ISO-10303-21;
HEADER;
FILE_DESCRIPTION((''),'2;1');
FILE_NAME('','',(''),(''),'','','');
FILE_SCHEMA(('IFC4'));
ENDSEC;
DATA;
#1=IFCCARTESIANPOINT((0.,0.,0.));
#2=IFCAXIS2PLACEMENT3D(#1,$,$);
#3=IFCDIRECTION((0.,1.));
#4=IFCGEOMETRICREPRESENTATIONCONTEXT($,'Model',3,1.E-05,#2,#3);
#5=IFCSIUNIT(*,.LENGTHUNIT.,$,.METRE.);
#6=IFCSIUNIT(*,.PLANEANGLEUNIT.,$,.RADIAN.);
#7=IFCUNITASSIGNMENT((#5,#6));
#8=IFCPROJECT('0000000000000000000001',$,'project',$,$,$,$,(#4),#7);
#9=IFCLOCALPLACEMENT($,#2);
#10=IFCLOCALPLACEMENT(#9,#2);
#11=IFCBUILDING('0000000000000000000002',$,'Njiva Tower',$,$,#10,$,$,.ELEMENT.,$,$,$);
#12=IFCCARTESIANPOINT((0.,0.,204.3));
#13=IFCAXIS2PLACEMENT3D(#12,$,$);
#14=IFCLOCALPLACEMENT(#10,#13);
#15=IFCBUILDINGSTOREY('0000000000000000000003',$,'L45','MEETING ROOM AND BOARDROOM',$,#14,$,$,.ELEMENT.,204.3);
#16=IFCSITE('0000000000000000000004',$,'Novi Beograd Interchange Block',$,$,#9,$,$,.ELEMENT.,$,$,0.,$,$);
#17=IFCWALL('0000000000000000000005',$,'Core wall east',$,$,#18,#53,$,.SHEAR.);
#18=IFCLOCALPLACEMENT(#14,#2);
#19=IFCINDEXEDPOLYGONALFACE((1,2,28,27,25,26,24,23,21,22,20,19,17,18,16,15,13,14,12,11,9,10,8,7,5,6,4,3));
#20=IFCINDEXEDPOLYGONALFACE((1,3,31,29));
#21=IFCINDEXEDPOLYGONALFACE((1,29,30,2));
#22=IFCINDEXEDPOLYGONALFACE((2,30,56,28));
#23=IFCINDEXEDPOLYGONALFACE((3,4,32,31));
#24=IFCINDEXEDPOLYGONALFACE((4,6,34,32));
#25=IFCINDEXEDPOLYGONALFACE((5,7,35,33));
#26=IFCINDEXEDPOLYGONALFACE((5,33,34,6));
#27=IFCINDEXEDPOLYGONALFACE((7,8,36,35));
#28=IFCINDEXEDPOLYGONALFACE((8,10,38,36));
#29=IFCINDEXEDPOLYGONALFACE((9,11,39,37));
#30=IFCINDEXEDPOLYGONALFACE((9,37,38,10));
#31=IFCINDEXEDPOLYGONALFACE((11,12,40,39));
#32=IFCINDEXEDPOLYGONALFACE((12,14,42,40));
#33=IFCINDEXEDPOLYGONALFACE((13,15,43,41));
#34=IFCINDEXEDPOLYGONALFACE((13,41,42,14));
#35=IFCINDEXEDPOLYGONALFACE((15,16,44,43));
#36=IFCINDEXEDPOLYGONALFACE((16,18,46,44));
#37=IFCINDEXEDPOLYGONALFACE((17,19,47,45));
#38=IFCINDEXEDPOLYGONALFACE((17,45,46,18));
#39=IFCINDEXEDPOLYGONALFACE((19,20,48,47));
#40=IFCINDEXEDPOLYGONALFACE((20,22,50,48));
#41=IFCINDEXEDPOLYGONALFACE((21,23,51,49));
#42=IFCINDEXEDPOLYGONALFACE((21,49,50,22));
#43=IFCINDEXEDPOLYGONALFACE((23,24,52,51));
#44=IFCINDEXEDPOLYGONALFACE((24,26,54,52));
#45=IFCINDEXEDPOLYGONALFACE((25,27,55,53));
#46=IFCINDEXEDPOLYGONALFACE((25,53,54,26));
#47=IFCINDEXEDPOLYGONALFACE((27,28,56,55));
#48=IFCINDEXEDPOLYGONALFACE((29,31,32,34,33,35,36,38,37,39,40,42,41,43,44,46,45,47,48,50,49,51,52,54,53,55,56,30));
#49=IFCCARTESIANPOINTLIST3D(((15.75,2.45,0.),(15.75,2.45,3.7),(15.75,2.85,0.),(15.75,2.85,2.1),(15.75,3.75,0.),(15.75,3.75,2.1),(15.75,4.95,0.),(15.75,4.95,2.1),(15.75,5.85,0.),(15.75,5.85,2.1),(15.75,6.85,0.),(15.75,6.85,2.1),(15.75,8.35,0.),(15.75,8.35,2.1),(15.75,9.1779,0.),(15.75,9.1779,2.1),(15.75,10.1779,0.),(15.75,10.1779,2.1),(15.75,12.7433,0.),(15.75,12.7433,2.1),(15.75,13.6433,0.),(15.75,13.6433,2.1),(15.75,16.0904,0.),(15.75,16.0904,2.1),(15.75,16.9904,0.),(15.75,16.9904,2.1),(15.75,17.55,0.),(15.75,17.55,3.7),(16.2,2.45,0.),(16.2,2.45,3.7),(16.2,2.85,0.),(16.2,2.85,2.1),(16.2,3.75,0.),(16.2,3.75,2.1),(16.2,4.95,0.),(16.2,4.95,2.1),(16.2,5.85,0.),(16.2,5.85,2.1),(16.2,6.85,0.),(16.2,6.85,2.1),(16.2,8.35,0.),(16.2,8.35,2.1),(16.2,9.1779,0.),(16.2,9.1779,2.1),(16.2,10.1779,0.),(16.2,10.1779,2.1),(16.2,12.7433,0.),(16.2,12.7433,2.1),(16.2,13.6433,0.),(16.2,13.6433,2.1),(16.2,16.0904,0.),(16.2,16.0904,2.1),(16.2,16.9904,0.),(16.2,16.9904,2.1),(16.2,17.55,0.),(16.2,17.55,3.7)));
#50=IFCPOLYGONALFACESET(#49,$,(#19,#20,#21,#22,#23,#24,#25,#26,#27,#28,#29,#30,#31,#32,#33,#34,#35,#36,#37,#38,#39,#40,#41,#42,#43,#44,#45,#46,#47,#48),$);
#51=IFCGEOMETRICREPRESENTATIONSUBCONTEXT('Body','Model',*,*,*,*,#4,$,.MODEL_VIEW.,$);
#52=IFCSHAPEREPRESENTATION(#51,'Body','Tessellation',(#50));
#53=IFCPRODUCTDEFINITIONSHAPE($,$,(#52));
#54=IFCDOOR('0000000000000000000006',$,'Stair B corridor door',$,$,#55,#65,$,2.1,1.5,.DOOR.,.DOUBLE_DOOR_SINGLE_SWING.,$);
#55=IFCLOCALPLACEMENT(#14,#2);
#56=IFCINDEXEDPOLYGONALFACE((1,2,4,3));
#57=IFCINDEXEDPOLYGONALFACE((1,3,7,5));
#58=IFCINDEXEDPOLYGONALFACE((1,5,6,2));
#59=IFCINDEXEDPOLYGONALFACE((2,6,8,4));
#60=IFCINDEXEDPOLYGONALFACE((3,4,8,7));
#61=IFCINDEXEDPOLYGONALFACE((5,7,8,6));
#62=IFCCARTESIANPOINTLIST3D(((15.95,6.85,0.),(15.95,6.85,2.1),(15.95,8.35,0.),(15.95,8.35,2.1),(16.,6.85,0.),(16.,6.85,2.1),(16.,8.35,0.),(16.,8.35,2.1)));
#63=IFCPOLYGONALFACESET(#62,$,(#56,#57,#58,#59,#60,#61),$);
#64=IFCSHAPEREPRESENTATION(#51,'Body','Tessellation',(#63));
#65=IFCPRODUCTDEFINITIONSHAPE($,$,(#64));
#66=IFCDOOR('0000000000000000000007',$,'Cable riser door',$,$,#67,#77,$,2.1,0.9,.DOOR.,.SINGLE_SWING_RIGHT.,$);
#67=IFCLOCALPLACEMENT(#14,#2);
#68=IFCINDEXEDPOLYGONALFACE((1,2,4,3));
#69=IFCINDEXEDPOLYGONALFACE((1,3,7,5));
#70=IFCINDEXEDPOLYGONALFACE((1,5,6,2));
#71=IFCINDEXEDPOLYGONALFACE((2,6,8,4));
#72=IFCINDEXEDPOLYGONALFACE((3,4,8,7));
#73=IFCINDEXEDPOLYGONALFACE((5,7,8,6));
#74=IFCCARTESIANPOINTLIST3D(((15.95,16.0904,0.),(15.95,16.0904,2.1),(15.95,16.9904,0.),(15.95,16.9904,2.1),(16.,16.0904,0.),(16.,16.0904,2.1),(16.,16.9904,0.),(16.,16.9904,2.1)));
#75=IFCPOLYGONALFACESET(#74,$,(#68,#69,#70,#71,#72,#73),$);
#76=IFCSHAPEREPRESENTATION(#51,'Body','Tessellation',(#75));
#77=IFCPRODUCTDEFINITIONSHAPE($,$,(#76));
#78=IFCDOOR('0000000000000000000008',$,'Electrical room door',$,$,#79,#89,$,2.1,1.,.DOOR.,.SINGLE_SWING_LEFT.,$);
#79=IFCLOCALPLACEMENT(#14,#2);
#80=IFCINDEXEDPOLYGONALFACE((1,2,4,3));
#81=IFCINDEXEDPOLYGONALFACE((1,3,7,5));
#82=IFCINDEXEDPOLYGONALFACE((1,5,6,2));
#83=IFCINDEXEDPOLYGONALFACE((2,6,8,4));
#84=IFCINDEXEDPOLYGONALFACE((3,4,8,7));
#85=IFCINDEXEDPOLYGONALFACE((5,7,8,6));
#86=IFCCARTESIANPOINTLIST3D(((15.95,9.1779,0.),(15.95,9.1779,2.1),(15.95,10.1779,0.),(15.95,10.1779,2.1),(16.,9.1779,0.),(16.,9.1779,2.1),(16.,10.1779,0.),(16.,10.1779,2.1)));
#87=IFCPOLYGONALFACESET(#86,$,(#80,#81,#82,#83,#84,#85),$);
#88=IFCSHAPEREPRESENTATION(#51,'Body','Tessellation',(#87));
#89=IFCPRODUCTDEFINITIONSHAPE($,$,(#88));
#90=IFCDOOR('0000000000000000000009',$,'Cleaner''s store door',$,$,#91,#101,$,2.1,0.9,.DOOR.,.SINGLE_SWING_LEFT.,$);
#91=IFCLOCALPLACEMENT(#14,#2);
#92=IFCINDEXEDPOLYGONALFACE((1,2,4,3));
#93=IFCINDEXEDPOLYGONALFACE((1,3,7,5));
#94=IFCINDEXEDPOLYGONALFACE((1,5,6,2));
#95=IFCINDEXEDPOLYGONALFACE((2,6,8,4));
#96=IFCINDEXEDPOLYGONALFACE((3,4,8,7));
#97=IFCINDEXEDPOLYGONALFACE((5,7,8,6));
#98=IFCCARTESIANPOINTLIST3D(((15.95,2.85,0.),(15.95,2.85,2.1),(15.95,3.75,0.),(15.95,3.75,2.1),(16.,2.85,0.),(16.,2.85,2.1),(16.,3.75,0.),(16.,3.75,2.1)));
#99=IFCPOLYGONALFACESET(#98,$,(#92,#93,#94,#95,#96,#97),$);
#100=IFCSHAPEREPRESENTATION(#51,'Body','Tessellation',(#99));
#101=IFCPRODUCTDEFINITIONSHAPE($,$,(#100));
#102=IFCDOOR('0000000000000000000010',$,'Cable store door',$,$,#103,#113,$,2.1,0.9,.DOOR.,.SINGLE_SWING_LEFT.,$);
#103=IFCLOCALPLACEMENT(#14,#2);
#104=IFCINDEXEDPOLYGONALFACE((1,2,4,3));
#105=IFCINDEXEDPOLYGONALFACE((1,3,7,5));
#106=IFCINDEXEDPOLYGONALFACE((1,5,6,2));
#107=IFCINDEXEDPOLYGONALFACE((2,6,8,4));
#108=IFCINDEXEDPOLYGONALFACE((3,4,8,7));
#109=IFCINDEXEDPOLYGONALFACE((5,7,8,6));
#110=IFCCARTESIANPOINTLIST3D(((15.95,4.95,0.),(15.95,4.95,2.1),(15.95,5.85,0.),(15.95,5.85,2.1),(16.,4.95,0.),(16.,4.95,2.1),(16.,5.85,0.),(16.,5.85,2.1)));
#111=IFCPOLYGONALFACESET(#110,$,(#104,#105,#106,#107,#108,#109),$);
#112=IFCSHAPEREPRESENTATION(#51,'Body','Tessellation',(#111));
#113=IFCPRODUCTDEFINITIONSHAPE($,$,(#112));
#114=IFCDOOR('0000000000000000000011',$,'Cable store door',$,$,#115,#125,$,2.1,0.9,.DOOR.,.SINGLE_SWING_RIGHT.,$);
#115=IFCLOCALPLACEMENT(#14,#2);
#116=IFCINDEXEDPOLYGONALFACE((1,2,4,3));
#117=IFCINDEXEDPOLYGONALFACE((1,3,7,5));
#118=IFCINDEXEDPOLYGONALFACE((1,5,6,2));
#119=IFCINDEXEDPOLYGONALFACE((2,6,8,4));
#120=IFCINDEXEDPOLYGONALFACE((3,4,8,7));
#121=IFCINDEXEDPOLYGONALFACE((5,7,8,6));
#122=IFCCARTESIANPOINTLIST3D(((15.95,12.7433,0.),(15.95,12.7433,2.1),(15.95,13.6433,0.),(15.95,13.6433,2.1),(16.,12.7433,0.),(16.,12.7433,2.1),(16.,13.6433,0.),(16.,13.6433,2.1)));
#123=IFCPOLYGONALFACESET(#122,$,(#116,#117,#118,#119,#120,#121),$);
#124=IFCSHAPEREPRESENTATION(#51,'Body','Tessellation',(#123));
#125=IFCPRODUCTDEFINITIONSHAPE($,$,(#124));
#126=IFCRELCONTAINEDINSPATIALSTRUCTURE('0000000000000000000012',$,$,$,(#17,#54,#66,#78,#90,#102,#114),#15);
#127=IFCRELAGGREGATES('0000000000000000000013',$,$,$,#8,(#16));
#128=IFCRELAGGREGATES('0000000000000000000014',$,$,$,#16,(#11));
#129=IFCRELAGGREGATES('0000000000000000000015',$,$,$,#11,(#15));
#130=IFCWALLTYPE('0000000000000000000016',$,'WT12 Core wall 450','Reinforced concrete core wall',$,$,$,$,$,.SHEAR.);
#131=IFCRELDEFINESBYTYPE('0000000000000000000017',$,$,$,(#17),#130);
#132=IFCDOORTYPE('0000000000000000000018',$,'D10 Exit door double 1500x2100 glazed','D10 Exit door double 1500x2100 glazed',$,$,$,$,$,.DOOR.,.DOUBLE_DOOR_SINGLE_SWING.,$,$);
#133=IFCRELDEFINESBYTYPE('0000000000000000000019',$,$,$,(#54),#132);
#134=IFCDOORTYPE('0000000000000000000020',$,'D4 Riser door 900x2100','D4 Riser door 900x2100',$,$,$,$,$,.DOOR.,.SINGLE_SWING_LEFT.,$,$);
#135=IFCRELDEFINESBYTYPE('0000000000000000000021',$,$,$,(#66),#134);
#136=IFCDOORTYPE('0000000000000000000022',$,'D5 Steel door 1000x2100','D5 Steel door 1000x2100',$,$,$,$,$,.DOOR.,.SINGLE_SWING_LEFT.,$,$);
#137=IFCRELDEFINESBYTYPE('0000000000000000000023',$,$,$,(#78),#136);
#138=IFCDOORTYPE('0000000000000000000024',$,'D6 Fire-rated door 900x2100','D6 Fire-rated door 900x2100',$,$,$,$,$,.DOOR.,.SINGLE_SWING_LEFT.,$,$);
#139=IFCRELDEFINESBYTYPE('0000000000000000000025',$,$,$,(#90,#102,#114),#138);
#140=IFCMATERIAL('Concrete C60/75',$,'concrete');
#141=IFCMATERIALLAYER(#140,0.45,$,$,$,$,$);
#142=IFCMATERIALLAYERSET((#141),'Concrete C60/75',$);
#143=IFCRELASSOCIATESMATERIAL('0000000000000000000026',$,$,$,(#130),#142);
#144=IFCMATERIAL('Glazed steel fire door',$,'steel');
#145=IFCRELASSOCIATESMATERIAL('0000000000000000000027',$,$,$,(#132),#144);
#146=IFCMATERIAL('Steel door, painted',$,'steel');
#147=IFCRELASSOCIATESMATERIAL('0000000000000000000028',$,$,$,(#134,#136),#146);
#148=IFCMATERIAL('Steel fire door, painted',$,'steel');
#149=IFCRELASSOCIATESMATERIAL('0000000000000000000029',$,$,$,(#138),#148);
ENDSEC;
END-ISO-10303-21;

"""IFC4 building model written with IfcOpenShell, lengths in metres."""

from ifc_helpers import new_model, si_unit, direction, frame, frame_2d, origin, place, context, subcontext, project, spatial, rectangle, extrude, material, layer, layer_set, type_object, element, fill, save


model = new_model("IFC4")

# Units and contexts
model_context = context("Model", 3, precision=1e-05, world=origin(), true_north=direction((0.0, 1.0)))
body_context = subcontext(model_context, "Body", "Model", "MODEL_VIEW")
ifc_project = project(units=[si_unit("LENGTHUNIT", "METRE"), si_unit("PLANEANGLEUNIT", "RADIAN")], contexts=[model_context])

# Site, building, storey
site_placement = place(None, origin())
site = spatial("IfcSite", under=ifc_project, at=site_placement, Name="Novi Beograd Interchange Block", CompositionType="ELEMENT", RefElevation=0.0)
building_placement = place(site_placement, origin())
building = spatial("IfcBuilding", under=site, at=building_placement, Name="Njiva Tower", CompositionType="ELEMENT")
storey_placement = place(building_placement, frame((0.0, 0.0, 204.3)))
storey = spatial("IfcBuildingStorey", under=building, at=storey_placement, Name="L45", Description="MEETING ROOM AND BOARDROOM", CompositionType="ELEMENT", Elevation=204.3)

# Wall, openings, doors
ifc_material_1 = material(Name="Concrete C60/75", Category="concrete")
ifc_layer_1 = layer(ifc_material_1, 0.45)
ifc_layer_set_1 = layer_set([ifc_layer_1], Name="Concrete C60/75")
wall_type_1 = type_object("IfcWallType", Name="WT12 Core wall 450", Description="Reinforced concrete core wall", PredefinedType="SHEAR", material=ifc_layer_set_1)
wall_1_placement = place(storey_placement, frame((15.975, 2.45, 0.0), z_axis=(0.0, 0.0, 1.0), x_axis=(0.0, 1.0, 0.0)))
wall_1 = element("IfcWall", 1, at=wall_1_placement, inside=storey, type_object=wall_type_1, Name="Core wall east", PredefinedType="SHEAR", context=body_context, shape_type="SweptSolid", body=[
    extrude(rectangle(XDim=15.1, YDim=0.45, at=frame_2d((7.55, 0.0))), origin(), (0.0, 0.0, 1.0), 3.7),
])
opening_1_placement = place(wall_1_placement, frame((4.4, 0.0, 0.0)))
opening_1 = element("IfcOpeningElement", 2, at=opening_1_placement, cuts=wall_1, PredefinedType="OPENING", context=body_context, shape_type="SweptSolid", body=[
    extrude(rectangle(XDim=1.5, YDim=2.1, at=frame_2d((0.75, 1.05))), frame((0.0, 0.235, 0.0), z_axis=(0.0, -1.0, 0.0), x_axis=(1.0, 0.0, 0.0)), (0.0, 0.0, 1.0), 0.47),
])
opening_2_placement = place(wall_1_placement, frame((0.4, 0.0, 0.0)))
opening_2 = element("IfcOpeningElement", 3, at=opening_2_placement, cuts=wall_1, PredefinedType="OPENING", context=body_context, shape_type="SweptSolid", body=[
    extrude(rectangle(XDim=0.9, YDim=2.1, at=frame_2d((0.45, 1.05))), frame((0.0, 0.235, 0.0), z_axis=(0.0, -1.0, 0.0), x_axis=(1.0, 0.0, 0.0)), (0.0, 0.0, 1.0), 0.47),
])
opening_3_placement = place(wall_1_placement, frame((2.5, 0.0, 0.0)))
opening_3 = element("IfcOpeningElement", 4, at=opening_3_placement, cuts=wall_1, PredefinedType="OPENING", context=body_context, shape_type="SweptSolid", body=[
    extrude(rectangle(XDim=0.9, YDim=2.1, at=frame_2d((0.45, 1.05))), frame((0.0, 0.235, 0.0), z_axis=(0.0, -1.0, 0.0), x_axis=(1.0, 0.0, 0.0)), (0.0, 0.0, 1.0), 0.47),
])
opening_4_placement = place(wall_1_placement, frame((6.7279, 0.0, 0.0)))
opening_4 = element("IfcOpeningElement", 5, at=opening_4_placement, cuts=wall_1, PredefinedType="OPENING", context=body_context, shape_type="SweptSolid", body=[
    extrude(rectangle(XDim=1.0, YDim=2.1, at=frame_2d((0.5, 1.05))), frame((0.0, 0.235, 0.0), z_axis=(0.0, -1.0, 0.0), x_axis=(1.0, 0.0, 0.0)), (0.0, 0.0, 1.0), 0.47),
])
opening_5_placement = place(wall_1_placement, frame((10.2933, 0.0, 0.0)))
opening_5 = element("IfcOpeningElement", 6, at=opening_5_placement, cuts=wall_1, PredefinedType="OPENING", context=body_context, shape_type="SweptSolid", body=[
    extrude(rectangle(XDim=0.9, YDim=2.1, at=frame_2d((0.45, 1.05))), frame((0.0, 0.235, 0.0), z_axis=(0.0, -1.0, 0.0), x_axis=(1.0, 0.0, 0.0)), (0.0, 0.0, 1.0), 0.47),
])
opening_6_placement = place(wall_1_placement, frame((13.6404, 0.0, 0.0)))
opening_6 = element("IfcOpeningElement", 7, at=opening_6_placement, cuts=wall_1, PredefinedType="OPENING", context=body_context, shape_type="SweptSolid", body=[
    extrude(rectangle(XDim=0.9, YDim=2.1, at=frame_2d((0.45, 1.05))), frame((0.0, 0.235, 0.0), z_axis=(0.0, -1.0, 0.0), x_axis=(1.0, 0.0, 0.0)), (0.0, 0.0, 1.0), 0.47),
])
ifc_material_2 = material(Name="Glazed steel fire door", Category="steel")
door_type_1 = type_object("IfcDoorType", Name="D10 Exit door double 1500x2100 glazed", Description="D10 Exit door double 1500x2100 glazed", OperationType="DOUBLE_DOOR_SINGLE_SWING", PredefinedType="DOOR", material=ifc_material_2)
door_1_placement = place(opening_1_placement, origin())
door_1 = element("IfcDoor", 8, at=door_1_placement, inside=storey, type_object=door_type_1, Name="Stair B corridor door", OperationType="DOUBLE_DOOR_SINGLE_SWING", OverallHeight=2.1, OverallWidth=1.5, PredefinedType="DOOR", context=body_context, shape_type="SweptSolid", body=[
    extrude(rectangle(XDim=1.5, YDim=2.1, at=frame_2d((0.75, 1.05))), frame((0.0, 0.025, 0.0), z_axis=(0.0, -1.0, 0.0), x_axis=(1.0, 0.0, 0.0)), (0.0, 0.0, 1.0), 0.05),
])
fill(opening_1, door_1)
ifc_material_3 = material(Name="Steel door, painted", Category="steel")
door_type_2 = type_object("IfcDoorType", Name="D4 Riser door 900x2100", Description="D4 Riser door 900x2100", OperationType="SINGLE_SWING_LEFT", PredefinedType="DOOR", material=ifc_material_3)
door_2_placement = place(opening_6_placement, origin())
door_2 = element("IfcDoor", 9, at=door_2_placement, inside=storey, type_object=door_type_2, Name="Cable riser door", OperationType="SINGLE_SWING_RIGHT", OverallHeight=2.1, OverallWidth=0.9, PredefinedType="DOOR", context=body_context, shape_type="SweptSolid", body=[
    extrude(rectangle(XDim=0.9, YDim=2.1, at=frame_2d((0.45, 1.05))), frame((0.0, 0.025, 0.0), z_axis=(0.0, -1.0, 0.0), x_axis=(1.0, 0.0, 0.0)), (0.0, 0.0, 1.0), 0.05),
])
fill(opening_6, door_2)
door_type_3 = type_object("IfcDoorType", Name="D5 Steel door 1000x2100", Description="D5 Steel door 1000x2100", OperationType="SINGLE_SWING_LEFT", PredefinedType="DOOR", material=ifc_material_3)
door_3_placement = place(opening_4_placement, origin())
door_3 = element("IfcDoor", 10, at=door_3_placement, inside=storey, type_object=door_type_3, Name="Electrical room door", OperationType="SINGLE_SWING_LEFT", OverallHeight=2.1, OverallWidth=1.0, PredefinedType="DOOR", context=body_context, shape_type="SweptSolid", body=[
    extrude(rectangle(XDim=1.0, YDim=2.1, at=frame_2d((0.5, 1.05))), frame((0.0, 0.025, 0.0), z_axis=(0.0, -1.0, 0.0), x_axis=(1.0, 0.0, 0.0)), (0.0, 0.0, 1.0), 0.05),
])
fill(opening_4, door_3)
ifc_material_4 = material(Name="Steel fire door, painted", Category="steel")
door_type_4 = type_object("IfcDoorType", Name="D6 Fire-rated door 900x2100", Description="D6 Fire-rated door 900x2100", OperationType="SINGLE_SWING_LEFT", PredefinedType="DOOR", material=ifc_material_4)
door_4_placement = place(opening_2_placement, origin())
door_4 = element("IfcDoor", 11, at=door_4_placement, inside=storey, type_object=door_type_4, Name="Cleaner's store door", OperationType="SINGLE_SWING_LEFT", OverallHeight=2.1, OverallWidth=0.9, PredefinedType="DOOR", context=body_context, shape_type="SweptSolid", body=[
    extrude(rectangle(XDim=0.9, YDim=2.1, at=frame_2d((0.45, 1.05))), frame((0.0, 0.025, 0.0), z_axis=(0.0, -1.0, 0.0), x_axis=(1.0, 0.0, 0.0)), (0.0, 0.0, 1.0), 0.05),
])
fill(opening_2, door_4)
door_5_placement = place(opening_3_placement, origin())
door_5 = element("IfcDoor", 12, at=door_5_placement, inside=storey, type_object=door_type_4, Name="Cable store door", OperationType="SINGLE_SWING_LEFT", OverallHeight=2.1, OverallWidth=0.9, PredefinedType="DOOR", context=body_context, shape_type="SweptSolid", body=[
    extrude(rectangle(XDim=0.9, YDim=2.1, at=frame_2d((0.45, 1.05))), frame((0.0, 0.025, 0.0), z_axis=(0.0, -1.0, 0.0), x_axis=(1.0, 0.0, 0.0)), (0.0, 0.0, 1.0), 0.05),
])
fill(opening_3, door_5)
door_6_placement = place(opening_5_placement, origin())
door_6 = element("IfcDoor", 13, at=door_6_placement, inside=storey, type_object=door_type_4, Name="Cable store door", OperationType="SINGLE_SWING_RIGHT", OverallHeight=2.1, OverallWidth=0.9, PredefinedType="DOOR", context=body_context, shape_type="SweptSolid", body=[
    extrude(rectangle(XDim=0.9, YDim=2.1, at=frame_2d((0.45, 1.05))), frame((0.0, 0.025, 0.0), z_axis=(0.0, -1.0, 0.0), x_axis=(1.0, 0.0, 0.0)), (0.0, 0.0, 1.0), 0.05),
])
fill(opening_5, door_6)

save(model, "model.ifc")
